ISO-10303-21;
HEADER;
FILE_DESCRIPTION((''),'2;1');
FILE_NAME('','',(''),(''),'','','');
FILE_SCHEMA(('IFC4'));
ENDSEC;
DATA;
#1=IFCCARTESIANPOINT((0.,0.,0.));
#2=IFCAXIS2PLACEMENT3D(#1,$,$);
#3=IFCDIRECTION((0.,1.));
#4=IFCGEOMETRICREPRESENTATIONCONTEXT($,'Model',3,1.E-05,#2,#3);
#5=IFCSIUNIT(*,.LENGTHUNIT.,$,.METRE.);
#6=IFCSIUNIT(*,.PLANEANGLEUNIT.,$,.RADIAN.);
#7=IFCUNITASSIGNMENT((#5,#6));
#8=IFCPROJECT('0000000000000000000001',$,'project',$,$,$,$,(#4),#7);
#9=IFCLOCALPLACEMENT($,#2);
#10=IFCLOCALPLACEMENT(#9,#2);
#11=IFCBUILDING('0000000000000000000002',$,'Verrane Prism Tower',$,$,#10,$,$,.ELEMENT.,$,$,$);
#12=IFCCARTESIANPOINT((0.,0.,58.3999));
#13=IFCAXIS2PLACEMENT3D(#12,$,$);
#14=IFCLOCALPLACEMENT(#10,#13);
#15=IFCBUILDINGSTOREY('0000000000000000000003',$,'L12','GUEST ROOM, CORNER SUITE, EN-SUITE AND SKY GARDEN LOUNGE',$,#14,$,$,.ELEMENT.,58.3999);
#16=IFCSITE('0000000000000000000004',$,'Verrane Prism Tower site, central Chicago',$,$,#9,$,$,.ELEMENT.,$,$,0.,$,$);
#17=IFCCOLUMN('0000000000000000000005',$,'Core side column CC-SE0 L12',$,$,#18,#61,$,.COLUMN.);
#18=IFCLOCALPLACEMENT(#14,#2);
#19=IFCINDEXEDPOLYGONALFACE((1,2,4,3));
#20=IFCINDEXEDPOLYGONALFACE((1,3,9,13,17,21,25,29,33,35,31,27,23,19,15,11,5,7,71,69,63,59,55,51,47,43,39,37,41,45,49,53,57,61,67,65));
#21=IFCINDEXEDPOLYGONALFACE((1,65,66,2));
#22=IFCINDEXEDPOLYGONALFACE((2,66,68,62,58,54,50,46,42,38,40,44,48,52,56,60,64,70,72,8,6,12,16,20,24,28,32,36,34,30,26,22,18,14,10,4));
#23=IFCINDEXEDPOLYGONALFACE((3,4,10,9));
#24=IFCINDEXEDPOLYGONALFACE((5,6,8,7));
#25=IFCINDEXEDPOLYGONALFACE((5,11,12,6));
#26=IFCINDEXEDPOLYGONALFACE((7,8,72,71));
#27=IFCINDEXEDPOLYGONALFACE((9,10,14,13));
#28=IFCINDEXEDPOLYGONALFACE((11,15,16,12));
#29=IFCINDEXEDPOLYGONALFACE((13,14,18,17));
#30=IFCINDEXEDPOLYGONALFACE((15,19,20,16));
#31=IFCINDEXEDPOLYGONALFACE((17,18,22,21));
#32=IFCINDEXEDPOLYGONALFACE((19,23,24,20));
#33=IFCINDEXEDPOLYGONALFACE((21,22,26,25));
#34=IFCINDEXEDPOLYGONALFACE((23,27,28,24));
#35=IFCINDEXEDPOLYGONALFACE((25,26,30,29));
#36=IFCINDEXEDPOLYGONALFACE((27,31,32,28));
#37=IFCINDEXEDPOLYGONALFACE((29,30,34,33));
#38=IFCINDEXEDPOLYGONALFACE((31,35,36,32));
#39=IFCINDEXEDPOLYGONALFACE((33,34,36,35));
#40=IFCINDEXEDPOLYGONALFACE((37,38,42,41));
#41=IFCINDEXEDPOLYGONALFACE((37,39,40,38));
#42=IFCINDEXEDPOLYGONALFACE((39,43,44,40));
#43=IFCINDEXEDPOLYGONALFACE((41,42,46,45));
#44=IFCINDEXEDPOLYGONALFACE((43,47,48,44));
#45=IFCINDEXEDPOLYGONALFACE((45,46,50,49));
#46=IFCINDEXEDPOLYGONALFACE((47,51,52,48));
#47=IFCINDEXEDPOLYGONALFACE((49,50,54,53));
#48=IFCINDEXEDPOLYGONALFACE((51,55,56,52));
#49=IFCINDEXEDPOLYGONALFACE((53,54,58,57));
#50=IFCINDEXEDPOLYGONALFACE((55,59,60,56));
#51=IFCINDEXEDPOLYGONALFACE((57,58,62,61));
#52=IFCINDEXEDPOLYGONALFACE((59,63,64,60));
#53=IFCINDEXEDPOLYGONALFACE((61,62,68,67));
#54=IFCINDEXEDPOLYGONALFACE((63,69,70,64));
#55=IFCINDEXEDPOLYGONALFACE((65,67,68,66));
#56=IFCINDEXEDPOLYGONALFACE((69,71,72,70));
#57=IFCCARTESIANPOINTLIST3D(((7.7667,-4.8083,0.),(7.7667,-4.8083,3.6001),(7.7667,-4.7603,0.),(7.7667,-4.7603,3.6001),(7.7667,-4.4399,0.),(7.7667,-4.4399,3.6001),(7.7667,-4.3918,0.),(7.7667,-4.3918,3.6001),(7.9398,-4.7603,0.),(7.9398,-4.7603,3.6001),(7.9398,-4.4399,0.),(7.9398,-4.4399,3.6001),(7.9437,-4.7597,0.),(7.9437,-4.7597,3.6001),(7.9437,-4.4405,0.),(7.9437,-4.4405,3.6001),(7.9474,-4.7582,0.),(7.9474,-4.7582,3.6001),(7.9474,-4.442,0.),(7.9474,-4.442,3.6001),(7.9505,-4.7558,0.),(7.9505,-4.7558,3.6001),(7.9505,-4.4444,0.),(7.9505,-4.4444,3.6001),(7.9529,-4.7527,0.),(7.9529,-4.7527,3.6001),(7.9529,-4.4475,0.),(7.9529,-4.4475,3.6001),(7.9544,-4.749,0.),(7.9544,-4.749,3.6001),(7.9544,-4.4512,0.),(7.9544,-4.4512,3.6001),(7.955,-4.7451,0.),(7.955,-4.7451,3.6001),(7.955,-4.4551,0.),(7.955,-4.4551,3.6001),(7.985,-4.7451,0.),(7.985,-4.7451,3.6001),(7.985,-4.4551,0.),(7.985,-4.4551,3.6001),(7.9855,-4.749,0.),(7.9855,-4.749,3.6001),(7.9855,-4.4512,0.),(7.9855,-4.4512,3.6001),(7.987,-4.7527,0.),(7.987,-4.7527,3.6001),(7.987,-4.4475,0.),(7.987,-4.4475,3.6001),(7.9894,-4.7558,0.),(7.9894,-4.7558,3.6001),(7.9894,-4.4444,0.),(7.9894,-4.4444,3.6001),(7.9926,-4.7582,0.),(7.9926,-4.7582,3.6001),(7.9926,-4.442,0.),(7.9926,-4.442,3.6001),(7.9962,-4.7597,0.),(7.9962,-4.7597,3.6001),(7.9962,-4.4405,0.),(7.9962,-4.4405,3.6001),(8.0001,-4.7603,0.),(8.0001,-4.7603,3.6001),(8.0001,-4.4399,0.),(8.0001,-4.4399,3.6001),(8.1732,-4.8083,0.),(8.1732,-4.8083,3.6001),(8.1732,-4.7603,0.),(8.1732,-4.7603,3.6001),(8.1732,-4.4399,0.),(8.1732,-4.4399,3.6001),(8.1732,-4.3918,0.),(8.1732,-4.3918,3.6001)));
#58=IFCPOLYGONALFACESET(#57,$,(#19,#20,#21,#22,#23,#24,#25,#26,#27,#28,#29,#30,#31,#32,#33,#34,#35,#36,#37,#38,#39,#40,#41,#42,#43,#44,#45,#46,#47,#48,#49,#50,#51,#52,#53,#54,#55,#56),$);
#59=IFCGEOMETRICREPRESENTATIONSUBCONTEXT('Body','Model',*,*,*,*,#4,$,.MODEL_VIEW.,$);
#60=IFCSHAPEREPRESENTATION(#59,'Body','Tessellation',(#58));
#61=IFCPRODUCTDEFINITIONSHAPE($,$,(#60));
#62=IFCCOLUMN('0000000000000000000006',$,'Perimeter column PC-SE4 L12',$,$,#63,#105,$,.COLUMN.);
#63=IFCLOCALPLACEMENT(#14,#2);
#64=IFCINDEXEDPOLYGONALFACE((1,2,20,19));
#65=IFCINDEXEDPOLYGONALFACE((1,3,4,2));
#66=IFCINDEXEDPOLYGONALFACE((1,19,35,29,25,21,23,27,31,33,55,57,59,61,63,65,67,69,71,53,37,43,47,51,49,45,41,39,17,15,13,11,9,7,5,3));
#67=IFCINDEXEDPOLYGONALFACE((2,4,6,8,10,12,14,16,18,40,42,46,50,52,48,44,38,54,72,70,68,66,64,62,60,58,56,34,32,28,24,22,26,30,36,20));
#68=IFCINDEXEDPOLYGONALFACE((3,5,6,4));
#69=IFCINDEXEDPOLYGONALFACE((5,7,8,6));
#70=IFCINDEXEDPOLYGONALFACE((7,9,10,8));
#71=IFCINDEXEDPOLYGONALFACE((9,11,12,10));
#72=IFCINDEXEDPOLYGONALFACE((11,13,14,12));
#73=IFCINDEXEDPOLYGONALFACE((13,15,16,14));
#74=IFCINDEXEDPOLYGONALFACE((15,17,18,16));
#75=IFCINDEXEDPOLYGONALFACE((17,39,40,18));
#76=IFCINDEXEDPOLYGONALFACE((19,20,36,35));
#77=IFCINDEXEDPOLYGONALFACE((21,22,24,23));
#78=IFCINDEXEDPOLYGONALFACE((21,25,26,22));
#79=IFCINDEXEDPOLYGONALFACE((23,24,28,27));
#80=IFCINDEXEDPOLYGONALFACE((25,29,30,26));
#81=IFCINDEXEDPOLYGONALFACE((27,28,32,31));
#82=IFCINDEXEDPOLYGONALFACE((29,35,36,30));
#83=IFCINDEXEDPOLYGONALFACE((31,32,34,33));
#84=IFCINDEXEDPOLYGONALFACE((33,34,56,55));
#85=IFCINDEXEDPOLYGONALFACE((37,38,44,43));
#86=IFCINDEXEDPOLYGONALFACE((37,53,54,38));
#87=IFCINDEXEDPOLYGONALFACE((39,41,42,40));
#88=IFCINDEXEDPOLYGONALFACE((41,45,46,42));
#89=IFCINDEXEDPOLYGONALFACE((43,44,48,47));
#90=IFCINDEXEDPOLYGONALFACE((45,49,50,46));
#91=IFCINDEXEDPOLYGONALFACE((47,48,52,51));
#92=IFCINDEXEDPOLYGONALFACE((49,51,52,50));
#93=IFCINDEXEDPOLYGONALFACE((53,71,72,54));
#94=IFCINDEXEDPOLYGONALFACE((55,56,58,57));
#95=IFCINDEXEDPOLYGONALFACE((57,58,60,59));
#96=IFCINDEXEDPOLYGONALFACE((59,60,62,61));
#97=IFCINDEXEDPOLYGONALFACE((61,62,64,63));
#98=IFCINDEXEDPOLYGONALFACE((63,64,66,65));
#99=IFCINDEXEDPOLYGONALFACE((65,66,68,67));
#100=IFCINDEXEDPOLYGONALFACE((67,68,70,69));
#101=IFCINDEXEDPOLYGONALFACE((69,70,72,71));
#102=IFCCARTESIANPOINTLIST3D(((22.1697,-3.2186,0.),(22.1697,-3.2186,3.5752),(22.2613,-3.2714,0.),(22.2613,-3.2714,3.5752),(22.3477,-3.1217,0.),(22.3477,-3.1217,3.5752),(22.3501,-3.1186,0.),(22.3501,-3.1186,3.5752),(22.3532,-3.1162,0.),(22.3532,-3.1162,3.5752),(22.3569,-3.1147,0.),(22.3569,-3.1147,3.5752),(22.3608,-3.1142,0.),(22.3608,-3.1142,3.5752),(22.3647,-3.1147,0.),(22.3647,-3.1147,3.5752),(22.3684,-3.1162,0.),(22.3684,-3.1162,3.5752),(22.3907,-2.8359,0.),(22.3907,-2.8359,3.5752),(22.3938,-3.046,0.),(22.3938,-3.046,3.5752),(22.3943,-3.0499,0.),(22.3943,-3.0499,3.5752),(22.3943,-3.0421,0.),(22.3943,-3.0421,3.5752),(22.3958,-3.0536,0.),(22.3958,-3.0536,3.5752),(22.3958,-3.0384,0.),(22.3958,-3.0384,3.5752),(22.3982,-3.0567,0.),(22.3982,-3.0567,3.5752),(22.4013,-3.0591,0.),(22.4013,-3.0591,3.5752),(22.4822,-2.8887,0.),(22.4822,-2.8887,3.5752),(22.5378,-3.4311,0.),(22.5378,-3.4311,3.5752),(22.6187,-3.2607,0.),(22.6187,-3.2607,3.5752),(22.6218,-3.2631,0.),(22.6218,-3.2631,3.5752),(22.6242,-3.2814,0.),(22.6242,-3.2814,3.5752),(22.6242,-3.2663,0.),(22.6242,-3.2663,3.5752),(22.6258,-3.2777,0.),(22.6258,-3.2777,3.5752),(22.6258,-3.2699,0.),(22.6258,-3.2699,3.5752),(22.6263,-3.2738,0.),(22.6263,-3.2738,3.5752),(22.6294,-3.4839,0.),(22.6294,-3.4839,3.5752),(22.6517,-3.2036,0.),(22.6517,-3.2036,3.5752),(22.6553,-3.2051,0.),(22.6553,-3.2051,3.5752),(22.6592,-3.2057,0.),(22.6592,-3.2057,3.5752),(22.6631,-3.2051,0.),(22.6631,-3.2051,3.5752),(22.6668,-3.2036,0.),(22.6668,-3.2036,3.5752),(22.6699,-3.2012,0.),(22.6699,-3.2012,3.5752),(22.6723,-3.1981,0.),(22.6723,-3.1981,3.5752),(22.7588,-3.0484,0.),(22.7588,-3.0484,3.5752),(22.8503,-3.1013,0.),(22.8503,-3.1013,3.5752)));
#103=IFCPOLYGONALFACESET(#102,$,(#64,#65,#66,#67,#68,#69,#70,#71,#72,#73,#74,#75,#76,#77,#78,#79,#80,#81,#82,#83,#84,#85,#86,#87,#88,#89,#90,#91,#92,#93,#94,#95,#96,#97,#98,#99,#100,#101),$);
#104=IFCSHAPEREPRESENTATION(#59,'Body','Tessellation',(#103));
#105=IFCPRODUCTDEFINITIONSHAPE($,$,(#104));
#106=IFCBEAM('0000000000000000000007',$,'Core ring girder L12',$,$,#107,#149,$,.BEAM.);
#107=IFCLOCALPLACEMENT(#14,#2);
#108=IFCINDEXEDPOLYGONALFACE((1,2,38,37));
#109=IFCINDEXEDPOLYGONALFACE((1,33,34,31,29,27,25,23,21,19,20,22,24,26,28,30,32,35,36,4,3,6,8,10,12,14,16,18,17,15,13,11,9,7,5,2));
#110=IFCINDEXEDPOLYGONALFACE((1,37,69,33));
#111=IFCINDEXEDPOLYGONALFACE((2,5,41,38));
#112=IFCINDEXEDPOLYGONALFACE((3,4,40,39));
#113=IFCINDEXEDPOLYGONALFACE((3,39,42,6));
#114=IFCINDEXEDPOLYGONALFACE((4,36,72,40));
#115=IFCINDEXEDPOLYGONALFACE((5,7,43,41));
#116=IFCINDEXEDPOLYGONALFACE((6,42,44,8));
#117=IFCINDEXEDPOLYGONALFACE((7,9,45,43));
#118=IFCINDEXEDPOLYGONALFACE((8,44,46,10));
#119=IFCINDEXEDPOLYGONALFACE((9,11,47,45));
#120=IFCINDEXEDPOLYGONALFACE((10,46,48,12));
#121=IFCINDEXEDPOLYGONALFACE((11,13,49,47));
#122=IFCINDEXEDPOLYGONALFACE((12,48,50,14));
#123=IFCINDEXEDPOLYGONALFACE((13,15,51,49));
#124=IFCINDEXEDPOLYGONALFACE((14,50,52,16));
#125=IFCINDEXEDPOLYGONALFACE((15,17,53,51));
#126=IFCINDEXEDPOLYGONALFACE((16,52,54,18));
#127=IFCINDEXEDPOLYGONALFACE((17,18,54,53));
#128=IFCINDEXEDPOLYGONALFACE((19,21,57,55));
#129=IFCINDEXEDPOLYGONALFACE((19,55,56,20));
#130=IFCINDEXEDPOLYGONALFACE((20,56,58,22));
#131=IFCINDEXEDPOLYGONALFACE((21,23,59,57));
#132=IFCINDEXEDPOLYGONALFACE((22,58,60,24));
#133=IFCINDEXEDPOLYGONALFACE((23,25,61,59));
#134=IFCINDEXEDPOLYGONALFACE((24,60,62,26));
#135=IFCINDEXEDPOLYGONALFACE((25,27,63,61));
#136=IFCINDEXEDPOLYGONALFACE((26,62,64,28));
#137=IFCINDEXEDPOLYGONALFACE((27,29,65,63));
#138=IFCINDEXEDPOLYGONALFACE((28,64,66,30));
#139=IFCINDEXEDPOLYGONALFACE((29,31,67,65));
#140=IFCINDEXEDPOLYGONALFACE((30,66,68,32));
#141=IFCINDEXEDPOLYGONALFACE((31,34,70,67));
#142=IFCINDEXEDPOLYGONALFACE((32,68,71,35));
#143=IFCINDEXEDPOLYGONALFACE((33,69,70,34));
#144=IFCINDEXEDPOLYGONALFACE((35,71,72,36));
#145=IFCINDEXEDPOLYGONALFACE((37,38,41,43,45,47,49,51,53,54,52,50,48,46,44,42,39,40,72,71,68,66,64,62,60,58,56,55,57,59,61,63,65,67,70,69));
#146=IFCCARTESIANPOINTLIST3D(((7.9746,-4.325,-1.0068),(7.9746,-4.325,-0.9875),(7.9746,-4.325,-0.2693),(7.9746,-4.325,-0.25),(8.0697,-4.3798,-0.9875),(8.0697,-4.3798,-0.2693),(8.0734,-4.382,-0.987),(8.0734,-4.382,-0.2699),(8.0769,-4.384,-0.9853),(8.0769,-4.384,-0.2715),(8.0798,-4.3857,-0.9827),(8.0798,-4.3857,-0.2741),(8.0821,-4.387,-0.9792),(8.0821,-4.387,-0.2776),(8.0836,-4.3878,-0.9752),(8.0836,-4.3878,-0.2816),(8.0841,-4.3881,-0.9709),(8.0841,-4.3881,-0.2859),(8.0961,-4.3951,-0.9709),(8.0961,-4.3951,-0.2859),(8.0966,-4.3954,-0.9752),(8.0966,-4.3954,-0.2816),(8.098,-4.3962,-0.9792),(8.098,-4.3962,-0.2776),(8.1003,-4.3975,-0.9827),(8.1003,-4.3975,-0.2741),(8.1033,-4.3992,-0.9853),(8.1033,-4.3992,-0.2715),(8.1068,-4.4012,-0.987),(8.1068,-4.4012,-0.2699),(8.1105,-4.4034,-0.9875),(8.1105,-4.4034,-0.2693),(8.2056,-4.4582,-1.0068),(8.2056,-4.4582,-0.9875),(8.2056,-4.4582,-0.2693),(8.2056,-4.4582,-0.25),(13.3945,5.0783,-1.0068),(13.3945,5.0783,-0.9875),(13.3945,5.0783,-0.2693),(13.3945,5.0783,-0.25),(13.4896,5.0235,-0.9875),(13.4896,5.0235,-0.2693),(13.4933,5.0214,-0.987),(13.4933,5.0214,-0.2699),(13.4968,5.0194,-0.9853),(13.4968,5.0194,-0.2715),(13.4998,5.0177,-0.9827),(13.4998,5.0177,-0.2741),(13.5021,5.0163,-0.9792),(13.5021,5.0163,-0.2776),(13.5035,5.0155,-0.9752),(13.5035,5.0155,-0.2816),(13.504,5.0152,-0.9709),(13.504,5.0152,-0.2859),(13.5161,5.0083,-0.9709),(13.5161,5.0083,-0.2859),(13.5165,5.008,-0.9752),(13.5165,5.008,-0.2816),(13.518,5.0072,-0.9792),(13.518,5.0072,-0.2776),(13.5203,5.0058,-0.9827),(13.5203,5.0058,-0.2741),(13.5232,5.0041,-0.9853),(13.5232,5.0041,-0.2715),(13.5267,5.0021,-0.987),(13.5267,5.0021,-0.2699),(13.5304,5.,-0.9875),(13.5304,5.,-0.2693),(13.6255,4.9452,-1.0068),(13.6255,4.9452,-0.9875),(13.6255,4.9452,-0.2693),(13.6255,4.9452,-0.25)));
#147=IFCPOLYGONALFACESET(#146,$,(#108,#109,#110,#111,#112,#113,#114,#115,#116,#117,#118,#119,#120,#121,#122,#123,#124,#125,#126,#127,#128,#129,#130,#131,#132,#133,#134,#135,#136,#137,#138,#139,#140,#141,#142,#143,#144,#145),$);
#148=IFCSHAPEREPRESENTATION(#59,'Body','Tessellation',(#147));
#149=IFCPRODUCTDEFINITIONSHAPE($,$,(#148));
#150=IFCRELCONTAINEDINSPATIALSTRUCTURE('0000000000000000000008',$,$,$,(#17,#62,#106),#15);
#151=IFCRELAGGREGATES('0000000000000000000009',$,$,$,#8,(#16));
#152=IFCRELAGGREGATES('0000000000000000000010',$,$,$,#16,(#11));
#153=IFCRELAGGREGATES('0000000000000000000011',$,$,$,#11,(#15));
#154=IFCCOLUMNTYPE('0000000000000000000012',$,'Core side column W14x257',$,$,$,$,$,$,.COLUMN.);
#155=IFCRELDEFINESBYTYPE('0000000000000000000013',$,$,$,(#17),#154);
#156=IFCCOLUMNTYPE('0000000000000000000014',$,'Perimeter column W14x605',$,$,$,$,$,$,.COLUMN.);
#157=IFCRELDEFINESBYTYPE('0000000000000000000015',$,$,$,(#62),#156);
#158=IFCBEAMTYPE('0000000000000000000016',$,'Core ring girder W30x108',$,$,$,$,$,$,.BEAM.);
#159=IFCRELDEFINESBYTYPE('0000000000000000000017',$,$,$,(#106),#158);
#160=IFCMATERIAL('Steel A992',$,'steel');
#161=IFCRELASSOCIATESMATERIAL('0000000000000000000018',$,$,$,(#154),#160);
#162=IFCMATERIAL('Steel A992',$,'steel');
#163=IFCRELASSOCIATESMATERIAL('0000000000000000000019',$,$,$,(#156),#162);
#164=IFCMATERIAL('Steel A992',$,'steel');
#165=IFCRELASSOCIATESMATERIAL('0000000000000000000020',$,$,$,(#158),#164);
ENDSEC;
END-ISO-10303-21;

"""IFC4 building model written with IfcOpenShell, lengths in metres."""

from ifc_helpers import new_model, si_unit, direction, frame, origin, origin_2d, place, context, subcontext, project, spatial, i_section, extrude, material, material_profile, profile_set, type_object, element, save


model = new_model("IFC4")

# Units and contexts
model_context = context("Model", 3, precision=1e-05, world=origin(), true_north=direction((0.0, 1.0)))
body_context = subcontext(model_context, "Body", "Model", "MODEL_VIEW")
ifc_project = project(units=[si_unit("LENGTHUNIT", "METRE"), si_unit("PLANEANGLEUNIT", "RADIAN")], contexts=[model_context])

# Site, building, storey
site_placement = place(None, origin())
site = spatial("IfcSite", under=ifc_project, at=site_placement, Name="Verrane Prism Tower site, central Chicago", CompositionType="ELEMENT", RefElevation=0.0)
building_placement = place(site_placement, origin())
building = spatial("IfcBuilding", under=site, at=building_placement, Name="Verrane Prism Tower", CompositionType="ELEMENT")
storey_placement = place(building_placement, frame((0.0, 0.0, 58.3999)))
storey = spatial("IfcBuildingStorey", under=building, at=storey_placement, Name="L12", Description="GUEST ROOM, CORNER SUITE, EN-SUITE AND SKY GARDEN LOUNGE", CompositionType="ELEMENT", Elevation=58.3999)

# Columns
ifc_material_1 = material(Name="Steel A992", Category="steel")
ifc_material_profile_1 = material_profile(ifc_material_1, i_section(OverallWidth=0.4065, OverallDepth=0.4165, WebThickness=0.03, FlangeThickness=0.0481, FilletRadius=0.0151, at=origin_2d()), Name="W14x257")
ifc_profile_set_1 = profile_set([ifc_material_profile_1], Name="Steel A992")
column_type_1 = type_object("IfcColumnType", Name="Core side column W14x257", PredefinedType="COLUMN", material=ifc_profile_set_1)
column_1_placement = place(storey_placement, frame((7.97, -4.6001, 0.0), z_axis=(0.0, 0.0, 1.0), x_axis=(1.0, 0.0, 0.0)))
element("IfcColumn", 1, at=column_1_placement, inside=storey, type_object=column_type_1, Name="Core side column CC-SE0 L12", PredefinedType="COLUMN", context=body_context, shape_type="SweptSolid", body=[
    extrude(i_section(OverallWidth=0.4065, OverallDepth=0.4165, WebThickness=0.03, FlangeThickness=0.0481, FilletRadius=0.0151, at=origin_2d()), origin(), (0.0, 0.0, 1.0), 3.6001),
])
ifc_material_2 = material(Name="Steel A992", Category="steel")
ifc_material_profile_2 = material_profile(ifc_material_2, i_section(OverallWidth=0.4419, OverallDepth=0.5308, WebThickness=0.0659, FlangeThickness=0.1057, FilletRadius=0.0151, at=origin_2d()), Name="W14x605")
ifc_profile_set_2 = profile_set([ifc_material_profile_2], Name="Steel A992")
column_type_2 = type_object("IfcColumnType", Name="Perimeter column W14x605", PredefinedType="COLUMN", material=ifc_profile_set_2)
column_2_placement = place(storey_placement, frame((22.51, -3.1599, 0.0), z_axis=(0.0, 0.0, 1.0), x_axis=(-0.5, -0.866025, 0.0)))
element("IfcColumn", 2, at=column_2_placement, inside=storey, type_object=column_type_2, Name="Perimeter column PC-SE4 L12", PredefinedType="COLUMN", context=body_context, shape_type="SweptSolid", body=[
    extrude(i_section(OverallWidth=0.4419, OverallDepth=0.5308, WebThickness=0.0659, FlangeThickness=0.1057, FilletRadius=0.0151, at=origin_2d()), origin(), (0.0, 0.0, 1.0), 3.5752),
])

# Beam
ifc_material_3 = material(Name="Steel A992", Category="steel")
ifc_material_profile_3 = material_profile(ifc_material_3, i_section(OverallWidth=0.2666, OverallDepth=0.7568, WebThickness=0.0139, FlangeThickness=0.0193, FilletRadius=0.0166, at=origin_2d()), Name="W30x108")
ifc_profile_set_3 = profile_set([ifc_material_profile_3], Name="Steel A992")
beam_type_1 = type_object("IfcBeamType", Name="Core ring girder W30x108", PredefinedType="BEAM", material=ifc_profile_set_3)
beam_1_placement = place(storey_placement, frame((8.0901, -4.3916, -0.6284), z_axis=(0.499372, 0.866388, 0.0), x_axis=(-0.866388, 0.499372, 0.0)))
element("IfcBeam", 3, at=beam_1_placement, inside=storey, type_object=beam_type_1, Name="Core ring girder L12", PredefinedType="BEAM", context=body_context, shape_type="SweptSolid", body=[
    extrude(i_section(OverallWidth=0.2666, OverallDepth=0.7568, WebThickness=0.0139, FlangeThickness=0.0193, FilletRadius=0.0166, at=origin_2d()), origin(), (0.0, 0.0, 1.0), 10.8535),
])

save(model, "model.ifc")
